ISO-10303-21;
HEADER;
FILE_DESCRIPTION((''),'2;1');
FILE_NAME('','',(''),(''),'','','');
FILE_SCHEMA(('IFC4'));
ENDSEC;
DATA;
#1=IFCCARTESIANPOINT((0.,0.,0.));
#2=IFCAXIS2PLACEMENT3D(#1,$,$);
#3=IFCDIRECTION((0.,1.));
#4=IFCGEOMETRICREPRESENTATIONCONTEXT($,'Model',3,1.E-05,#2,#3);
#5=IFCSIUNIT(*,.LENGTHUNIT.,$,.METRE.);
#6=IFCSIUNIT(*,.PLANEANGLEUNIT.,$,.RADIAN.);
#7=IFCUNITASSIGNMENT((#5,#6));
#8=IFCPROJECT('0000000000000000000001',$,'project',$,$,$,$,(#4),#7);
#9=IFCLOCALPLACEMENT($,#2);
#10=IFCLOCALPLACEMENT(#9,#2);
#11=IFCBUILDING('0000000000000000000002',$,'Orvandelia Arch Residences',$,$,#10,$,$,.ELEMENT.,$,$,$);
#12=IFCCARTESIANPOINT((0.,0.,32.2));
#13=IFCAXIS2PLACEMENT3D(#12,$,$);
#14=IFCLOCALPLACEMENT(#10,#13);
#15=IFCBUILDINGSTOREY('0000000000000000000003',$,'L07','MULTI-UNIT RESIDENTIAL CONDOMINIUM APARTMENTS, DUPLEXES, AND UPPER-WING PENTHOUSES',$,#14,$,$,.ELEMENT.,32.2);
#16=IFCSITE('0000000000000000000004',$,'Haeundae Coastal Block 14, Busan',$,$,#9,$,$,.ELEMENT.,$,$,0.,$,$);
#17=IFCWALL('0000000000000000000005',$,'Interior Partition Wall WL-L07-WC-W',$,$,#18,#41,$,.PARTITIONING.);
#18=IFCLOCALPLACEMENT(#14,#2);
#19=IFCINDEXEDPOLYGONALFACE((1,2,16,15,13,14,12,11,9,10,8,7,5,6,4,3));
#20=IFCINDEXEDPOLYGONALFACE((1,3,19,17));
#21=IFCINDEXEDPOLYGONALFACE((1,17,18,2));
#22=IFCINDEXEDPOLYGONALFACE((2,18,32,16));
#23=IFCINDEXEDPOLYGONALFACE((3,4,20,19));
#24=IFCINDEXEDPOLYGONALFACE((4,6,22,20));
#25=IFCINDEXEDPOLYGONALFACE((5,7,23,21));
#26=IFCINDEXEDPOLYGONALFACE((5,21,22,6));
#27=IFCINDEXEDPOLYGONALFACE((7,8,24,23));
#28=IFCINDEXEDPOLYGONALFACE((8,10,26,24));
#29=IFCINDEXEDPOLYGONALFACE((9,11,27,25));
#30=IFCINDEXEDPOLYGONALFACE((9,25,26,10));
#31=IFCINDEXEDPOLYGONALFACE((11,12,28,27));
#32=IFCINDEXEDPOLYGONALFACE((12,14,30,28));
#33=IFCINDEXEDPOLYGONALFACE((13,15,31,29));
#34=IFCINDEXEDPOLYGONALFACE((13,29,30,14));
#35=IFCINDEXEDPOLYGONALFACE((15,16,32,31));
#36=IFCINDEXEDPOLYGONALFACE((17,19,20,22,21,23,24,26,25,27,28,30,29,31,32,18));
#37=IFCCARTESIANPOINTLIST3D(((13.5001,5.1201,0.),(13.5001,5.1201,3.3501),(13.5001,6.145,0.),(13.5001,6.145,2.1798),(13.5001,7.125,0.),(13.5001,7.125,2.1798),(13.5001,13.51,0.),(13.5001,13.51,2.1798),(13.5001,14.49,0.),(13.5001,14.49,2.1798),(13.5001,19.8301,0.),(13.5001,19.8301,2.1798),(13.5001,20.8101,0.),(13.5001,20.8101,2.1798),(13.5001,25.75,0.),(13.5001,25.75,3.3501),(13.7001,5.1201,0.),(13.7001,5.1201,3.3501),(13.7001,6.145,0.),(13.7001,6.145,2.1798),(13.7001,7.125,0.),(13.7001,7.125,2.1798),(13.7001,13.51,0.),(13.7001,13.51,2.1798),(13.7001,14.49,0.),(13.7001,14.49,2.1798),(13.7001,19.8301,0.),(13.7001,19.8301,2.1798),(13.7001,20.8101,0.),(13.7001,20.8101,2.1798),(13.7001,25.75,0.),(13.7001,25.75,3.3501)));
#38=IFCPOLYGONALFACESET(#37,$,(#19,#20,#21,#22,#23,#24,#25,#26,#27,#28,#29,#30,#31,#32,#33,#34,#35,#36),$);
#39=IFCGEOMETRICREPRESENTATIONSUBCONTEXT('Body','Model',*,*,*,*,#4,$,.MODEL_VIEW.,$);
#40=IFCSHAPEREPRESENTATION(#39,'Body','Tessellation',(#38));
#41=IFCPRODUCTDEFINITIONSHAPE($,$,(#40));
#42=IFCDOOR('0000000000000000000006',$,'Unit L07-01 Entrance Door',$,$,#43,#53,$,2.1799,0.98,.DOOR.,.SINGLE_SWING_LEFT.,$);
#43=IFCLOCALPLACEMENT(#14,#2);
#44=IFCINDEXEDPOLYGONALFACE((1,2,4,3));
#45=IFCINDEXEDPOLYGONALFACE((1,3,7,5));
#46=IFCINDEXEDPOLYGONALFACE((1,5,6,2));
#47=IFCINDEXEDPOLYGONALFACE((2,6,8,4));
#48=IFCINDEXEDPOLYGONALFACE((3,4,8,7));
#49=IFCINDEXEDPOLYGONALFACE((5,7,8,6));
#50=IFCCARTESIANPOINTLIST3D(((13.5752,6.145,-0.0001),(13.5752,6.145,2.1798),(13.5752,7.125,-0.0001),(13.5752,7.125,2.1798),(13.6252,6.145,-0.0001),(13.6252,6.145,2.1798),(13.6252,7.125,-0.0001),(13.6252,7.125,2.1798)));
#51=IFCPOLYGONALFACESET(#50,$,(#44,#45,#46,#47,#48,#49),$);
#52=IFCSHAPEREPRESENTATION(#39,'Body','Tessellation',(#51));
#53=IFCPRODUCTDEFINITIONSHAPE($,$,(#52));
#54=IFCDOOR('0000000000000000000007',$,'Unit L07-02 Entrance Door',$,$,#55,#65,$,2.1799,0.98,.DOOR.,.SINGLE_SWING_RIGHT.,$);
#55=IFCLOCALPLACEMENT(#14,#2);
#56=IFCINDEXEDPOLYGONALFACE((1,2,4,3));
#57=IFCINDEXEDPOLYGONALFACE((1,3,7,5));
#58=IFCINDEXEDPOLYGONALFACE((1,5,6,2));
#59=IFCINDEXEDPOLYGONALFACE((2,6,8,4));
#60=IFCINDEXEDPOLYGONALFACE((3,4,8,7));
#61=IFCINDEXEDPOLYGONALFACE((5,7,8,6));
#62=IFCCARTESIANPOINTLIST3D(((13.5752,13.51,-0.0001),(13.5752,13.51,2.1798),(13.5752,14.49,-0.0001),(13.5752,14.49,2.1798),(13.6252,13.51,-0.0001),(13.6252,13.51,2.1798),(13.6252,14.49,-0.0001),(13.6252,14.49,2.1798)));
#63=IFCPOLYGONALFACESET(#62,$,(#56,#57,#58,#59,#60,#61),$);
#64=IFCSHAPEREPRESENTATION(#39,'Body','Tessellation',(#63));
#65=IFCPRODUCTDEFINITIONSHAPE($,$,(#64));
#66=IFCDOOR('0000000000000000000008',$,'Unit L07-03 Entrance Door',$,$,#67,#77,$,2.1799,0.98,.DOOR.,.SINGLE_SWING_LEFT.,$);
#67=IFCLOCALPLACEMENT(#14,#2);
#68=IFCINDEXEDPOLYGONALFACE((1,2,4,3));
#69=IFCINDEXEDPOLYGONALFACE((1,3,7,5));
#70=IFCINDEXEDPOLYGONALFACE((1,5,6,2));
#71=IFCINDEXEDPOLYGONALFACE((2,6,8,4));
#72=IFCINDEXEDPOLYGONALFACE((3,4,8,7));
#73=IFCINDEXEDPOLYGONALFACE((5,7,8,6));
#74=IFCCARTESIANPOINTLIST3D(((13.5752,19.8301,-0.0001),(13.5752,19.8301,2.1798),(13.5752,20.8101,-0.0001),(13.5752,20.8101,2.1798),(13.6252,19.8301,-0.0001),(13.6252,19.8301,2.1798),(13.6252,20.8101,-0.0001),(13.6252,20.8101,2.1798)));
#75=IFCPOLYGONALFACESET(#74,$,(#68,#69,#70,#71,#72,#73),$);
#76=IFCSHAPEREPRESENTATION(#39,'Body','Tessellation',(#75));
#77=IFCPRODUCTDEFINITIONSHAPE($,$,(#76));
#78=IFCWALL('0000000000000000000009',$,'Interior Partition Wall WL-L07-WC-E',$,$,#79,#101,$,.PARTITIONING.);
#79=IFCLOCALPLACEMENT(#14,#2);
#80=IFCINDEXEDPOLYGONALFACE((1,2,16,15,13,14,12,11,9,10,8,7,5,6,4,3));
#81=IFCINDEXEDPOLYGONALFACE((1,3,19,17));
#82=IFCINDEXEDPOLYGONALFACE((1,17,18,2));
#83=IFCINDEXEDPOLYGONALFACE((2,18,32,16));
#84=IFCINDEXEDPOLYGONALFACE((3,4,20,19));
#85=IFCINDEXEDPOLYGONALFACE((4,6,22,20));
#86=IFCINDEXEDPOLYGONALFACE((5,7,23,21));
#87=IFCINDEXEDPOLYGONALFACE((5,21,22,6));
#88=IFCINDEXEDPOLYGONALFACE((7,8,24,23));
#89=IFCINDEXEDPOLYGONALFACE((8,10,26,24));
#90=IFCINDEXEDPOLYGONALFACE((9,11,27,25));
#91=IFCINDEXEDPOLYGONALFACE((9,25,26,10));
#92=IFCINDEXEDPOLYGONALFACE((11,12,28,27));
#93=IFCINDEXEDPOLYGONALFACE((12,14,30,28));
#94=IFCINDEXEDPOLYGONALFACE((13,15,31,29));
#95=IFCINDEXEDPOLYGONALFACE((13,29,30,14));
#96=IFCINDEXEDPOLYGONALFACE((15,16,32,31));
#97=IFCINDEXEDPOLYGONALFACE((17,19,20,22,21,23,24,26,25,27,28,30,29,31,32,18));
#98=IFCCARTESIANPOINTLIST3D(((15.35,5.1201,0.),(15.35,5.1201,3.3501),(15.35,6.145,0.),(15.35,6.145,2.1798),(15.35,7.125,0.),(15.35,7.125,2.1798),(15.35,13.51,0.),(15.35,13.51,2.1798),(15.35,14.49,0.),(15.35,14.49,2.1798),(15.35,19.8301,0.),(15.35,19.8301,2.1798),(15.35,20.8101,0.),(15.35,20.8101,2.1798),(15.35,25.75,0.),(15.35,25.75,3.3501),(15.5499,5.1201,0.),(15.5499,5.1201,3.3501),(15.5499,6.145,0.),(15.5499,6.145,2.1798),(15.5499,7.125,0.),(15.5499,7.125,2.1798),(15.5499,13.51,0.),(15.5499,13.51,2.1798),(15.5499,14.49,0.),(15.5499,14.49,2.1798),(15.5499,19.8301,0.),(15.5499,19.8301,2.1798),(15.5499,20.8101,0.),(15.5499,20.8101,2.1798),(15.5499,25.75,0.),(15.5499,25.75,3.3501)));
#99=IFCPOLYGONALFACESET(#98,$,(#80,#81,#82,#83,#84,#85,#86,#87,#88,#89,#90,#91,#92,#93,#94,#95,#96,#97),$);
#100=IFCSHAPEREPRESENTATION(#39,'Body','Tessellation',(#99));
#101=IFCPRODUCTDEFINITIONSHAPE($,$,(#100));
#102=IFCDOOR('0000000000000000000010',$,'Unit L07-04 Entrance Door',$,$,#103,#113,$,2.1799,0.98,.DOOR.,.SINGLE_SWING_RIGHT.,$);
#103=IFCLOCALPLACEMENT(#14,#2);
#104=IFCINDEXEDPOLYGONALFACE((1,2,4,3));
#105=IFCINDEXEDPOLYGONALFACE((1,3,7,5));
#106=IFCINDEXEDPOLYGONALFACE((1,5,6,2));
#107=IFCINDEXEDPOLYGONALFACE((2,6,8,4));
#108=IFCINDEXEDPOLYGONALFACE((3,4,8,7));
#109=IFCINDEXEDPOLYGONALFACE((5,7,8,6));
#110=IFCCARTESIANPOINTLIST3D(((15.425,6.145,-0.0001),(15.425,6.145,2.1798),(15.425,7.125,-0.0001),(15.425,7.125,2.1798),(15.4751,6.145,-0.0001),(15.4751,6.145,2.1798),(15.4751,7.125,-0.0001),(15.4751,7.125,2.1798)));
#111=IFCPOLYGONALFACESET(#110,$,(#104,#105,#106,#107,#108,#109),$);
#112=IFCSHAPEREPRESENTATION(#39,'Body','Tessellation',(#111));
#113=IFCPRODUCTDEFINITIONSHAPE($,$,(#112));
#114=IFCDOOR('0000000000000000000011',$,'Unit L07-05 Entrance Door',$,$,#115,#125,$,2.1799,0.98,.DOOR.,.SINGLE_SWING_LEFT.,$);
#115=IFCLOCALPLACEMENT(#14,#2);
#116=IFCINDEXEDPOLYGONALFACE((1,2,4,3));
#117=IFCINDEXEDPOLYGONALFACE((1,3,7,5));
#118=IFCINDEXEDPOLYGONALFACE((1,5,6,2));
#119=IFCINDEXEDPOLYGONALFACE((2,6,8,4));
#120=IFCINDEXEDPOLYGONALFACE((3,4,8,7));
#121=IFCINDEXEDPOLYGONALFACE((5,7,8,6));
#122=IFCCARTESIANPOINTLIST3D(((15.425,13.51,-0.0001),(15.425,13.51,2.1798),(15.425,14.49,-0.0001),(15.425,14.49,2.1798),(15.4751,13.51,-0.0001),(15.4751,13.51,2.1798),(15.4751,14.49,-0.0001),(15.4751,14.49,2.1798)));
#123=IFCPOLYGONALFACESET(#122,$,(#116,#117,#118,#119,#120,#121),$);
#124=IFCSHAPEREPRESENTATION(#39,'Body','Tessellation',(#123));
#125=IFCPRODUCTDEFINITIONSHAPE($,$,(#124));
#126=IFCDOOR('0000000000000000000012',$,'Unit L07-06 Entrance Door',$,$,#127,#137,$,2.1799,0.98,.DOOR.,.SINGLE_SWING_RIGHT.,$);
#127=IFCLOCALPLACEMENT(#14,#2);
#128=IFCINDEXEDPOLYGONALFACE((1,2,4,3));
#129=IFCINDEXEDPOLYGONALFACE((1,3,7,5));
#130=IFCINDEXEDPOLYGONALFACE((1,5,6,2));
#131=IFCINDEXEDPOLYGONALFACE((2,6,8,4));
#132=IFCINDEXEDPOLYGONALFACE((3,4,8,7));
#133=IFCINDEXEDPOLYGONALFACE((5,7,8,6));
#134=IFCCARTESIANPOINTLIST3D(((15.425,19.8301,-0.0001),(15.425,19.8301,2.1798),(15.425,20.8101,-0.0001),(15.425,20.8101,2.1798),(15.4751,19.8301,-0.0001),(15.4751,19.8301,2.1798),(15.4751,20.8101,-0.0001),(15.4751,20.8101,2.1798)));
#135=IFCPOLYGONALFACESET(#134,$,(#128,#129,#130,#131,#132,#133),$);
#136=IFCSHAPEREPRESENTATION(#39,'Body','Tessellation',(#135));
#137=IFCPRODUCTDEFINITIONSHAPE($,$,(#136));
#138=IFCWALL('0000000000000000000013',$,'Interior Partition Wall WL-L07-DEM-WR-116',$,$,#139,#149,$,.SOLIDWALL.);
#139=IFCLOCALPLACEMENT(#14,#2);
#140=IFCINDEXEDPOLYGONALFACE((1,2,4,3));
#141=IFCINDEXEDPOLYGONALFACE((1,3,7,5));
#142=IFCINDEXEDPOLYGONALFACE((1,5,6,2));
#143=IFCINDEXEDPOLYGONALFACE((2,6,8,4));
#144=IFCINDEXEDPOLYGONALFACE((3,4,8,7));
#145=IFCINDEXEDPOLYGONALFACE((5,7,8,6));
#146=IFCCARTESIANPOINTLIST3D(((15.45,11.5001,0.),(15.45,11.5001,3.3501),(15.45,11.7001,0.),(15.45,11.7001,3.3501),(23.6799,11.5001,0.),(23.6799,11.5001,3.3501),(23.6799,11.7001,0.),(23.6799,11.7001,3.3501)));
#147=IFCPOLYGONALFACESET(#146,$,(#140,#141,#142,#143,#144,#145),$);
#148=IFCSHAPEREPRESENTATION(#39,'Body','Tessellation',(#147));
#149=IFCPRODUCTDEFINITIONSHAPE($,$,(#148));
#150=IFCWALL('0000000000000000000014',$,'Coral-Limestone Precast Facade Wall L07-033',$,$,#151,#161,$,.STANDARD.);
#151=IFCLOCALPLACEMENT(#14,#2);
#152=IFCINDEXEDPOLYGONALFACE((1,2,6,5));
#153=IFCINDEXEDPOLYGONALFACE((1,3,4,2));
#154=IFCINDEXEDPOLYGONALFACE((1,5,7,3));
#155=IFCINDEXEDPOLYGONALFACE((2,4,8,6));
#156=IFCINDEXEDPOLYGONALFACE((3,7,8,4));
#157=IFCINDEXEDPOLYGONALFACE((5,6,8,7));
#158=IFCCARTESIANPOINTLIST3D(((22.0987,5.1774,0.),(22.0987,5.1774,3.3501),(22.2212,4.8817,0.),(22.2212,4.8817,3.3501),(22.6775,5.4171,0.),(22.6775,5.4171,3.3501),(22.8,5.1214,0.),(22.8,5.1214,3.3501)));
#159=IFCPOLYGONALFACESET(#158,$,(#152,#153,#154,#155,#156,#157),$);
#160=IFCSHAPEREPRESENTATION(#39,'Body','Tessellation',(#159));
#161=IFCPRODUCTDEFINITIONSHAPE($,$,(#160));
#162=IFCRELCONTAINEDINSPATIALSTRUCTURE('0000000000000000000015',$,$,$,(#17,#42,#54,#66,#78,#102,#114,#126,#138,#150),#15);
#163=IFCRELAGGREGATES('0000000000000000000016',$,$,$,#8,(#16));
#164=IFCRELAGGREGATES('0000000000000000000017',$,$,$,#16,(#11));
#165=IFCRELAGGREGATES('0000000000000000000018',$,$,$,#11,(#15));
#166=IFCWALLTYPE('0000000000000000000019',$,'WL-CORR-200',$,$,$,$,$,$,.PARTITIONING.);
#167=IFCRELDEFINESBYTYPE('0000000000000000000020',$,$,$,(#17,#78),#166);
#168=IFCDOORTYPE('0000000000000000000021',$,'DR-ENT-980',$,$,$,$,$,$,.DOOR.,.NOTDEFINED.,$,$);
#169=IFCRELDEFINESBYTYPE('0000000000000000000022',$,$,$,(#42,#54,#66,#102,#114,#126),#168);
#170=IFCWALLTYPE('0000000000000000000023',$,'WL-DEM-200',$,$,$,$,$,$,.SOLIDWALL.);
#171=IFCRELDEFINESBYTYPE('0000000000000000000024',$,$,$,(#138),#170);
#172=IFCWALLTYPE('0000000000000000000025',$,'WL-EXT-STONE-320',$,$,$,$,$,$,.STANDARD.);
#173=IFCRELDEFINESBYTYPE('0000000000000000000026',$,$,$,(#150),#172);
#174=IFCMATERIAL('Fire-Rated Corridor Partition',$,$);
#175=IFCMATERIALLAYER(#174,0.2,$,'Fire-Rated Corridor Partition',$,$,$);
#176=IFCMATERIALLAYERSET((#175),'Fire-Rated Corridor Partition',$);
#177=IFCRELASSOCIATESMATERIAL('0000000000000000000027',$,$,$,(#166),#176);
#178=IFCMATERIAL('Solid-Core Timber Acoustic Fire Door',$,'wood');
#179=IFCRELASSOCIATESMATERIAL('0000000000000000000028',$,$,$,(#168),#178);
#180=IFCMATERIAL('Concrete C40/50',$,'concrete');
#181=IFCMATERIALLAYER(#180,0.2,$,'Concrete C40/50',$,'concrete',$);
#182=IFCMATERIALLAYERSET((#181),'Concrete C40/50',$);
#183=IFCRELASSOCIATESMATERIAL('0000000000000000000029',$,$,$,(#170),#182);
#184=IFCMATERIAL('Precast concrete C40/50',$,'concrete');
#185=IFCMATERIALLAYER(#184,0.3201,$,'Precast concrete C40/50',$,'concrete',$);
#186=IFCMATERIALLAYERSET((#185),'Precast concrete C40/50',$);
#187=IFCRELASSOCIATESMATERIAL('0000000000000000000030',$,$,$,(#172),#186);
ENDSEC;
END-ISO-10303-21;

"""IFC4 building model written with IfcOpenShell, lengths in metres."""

from ifc_helpers import new_model, si_unit, direction, frame, frame_2d, origin, place, context, subcontext, project, spatial, rectangle, extrude, material, layer, layer_set, type_object, element, fill, save


model = new_model("IFC4")

# Units and contexts
model_context = context("Model", 3, precision=1e-05, world=origin(), true_north=direction((0.0, 1.0)))
body_context = subcontext(model_context, "Body", "Model", "MODEL_VIEW")
ifc_project = project(units=[si_unit("LENGTHUNIT", "METRE"), si_unit("PLANEANGLEUNIT", "RADIAN")], contexts=[model_context])

# Site, building, storey
site_placement = place(None, origin())
site = spatial("IfcSite", under=ifc_project, at=site_placement, Name="Haeundae Coastal Block 14, Busan", CompositionType="ELEMENT", RefElevation=0.0)
building_placement = place(site_placement, origin())
building = spatial("IfcBuilding", under=site, at=building_placement, Name="Orvandelia Arch Residences", CompositionType="ELEMENT")
storey_placement = place(building_placement, frame((0.0, 0.0, 32.2)))
storey = spatial("IfcBuildingStorey", under=building, at=storey_placement, Name="L07", Description="MULTI-UNIT RESIDENTIAL CONDOMINIUM APARTMENTS, DUPLEXES, AND UPPER-WING PENTHOUSES", CompositionType="ELEMENT", Elevation=32.2)

# Walls, openings, doors
ifc_material_1 = material(Name="Fire-Rated Corridor Partition")
ifc_layer_1 = layer(ifc_material_1, 0.2, Name="Fire-Rated Corridor Partition")
ifc_layer_set_1 = layer_set([ifc_layer_1], Name="Fire-Rated Corridor Partition")
wall_type_1 = type_object("IfcWallType", Name="WL-CORR-200", PredefinedType="PARTITIONING", material=ifc_layer_set_1)
wall_1_placement = place(storey_placement, frame((13.6001, 5.1201, 0.0), z_axis=(0.0, 0.0, 1.0), x_axis=(0.0, 1.0, 0.0)))
wall_1 = element("IfcWall", 1, at=wall_1_placement, inside=storey, type_object=wall_type_1, Name="Interior Partition Wall WL-L07-WC-W", PredefinedType="PARTITIONING", context=body_context, shape_type="SweptSolid", body=[
    extrude(rectangle(XDim=20.6299, YDim=0.2, at=frame_2d((10.3149, 0.0))), origin(), (0.0, 0.0, 1.0), 3.3501),
])
opening_1_placement = place(wall_1_placement, frame((1.0249, 0.0, 0.0)))
opening_1 = element("IfcOpeningElement", 2, at=opening_1_placement, cuts=wall_1, PredefinedType="OPENING", context=body_context, shape_type="SweptSolid", body=[
    extrude(rectangle(XDim=0.98, YDim=2.1799, at=frame_2d((0.49, 1.0898))), frame((0.0, 0.1099, 0.0), z_axis=(0.0, -1.0, 0.0), x_axis=(1.0, 0.0, 0.0)), (0.0, 0.0, 1.0), 0.22),
])
opening_2_placement = place(wall_1_placement, frame((8.3899, 0.0, 0.0)))
opening_2 = element("IfcOpeningElement", 3, at=opening_2_placement, cuts=wall_1, PredefinedType="OPENING", context=body_context, shape_type="SweptSolid", body=[
    extrude(rectangle(XDim=0.98, YDim=2.1799, at=frame_2d((0.49, 1.0898))), frame((0.0, 0.1099, 0.0), z_axis=(0.0, -1.0, 0.0), x_axis=(1.0, 0.0, 0.0)), (0.0, 0.0, 1.0), 0.22),
])
opening_3_placement = place(wall_1_placement, frame((14.71, 0.0, 0.0)))
opening_3 = element("IfcOpeningElement", 4, at=opening_3_placement, cuts=wall_1, PredefinedType="OPENING", context=body_context, shape_type="SweptSolid", body=[
    extrude(rectangle(XDim=0.98, YDim=2.1799, at=frame_2d((0.49, 1.0898))), frame((0.0, 0.1099, 0.0), z_axis=(0.0, -1.0, 0.0), x_axis=(1.0, 0.0, 0.0)), (0.0, 0.0, 1.0), 0.22),
])
ifc_material_2 = material(Name="Solid-Core Timber Acoustic Fire Door", Category="wood")
door_type_1 = type_object("IfcDoorType", Name="DR-ENT-980", OperationType="NOTDEFINED", PredefinedType="DOOR", material=ifc_material_2)
door_1_placement = place(opening_1_placement, origin())
door_1 = element("IfcDoor", 5, at=door_1_placement, inside=storey, type_object=door_type_1, Name="Unit L07-01 Entrance Door", OperationType="SINGLE_SWING_LEFT", OverallHeight=2.1799, OverallWidth=0.98, PredefinedType="DOOR", context=body_context, shape_type="SweptSolid", body=[
    extrude(rectangle(XDim=0.98, YDim=2.1799, at=frame_2d((0.49, 1.0898))), frame((0.0, 0.0249, 0.0), z_axis=(0.0, -1.0, 0.0), x_axis=(1.0, 0.0, 0.0)), (0.0, 0.0, 1.0), 0.05),
])
fill(opening_1, door_1)
door_2_placement = place(opening_2_placement, origin())
door_2 = element("IfcDoor", 6, at=door_2_placement, inside=storey, type_object=door_type_1, Name="Unit L07-02 Entrance Door", OperationType="SINGLE_SWING_RIGHT", OverallHeight=2.1799, OverallWidth=0.98, PredefinedType="DOOR", context=body_context, shape_type="SweptSolid", body=[
    extrude(rectangle(XDim=0.98, YDim=2.1799, at=frame_2d((0.49, 1.0898))), frame((0.0, 0.0249, 0.0), z_axis=(0.0, -1.0, 0.0), x_axis=(1.0, 0.0, 0.0)), (0.0, 0.0, 1.0), 0.05),
])
fill(opening_2, door_2)
door_3_placement = place(opening_3_placement, origin())
door_3 = element("IfcDoor", 7, at=door_3_placement, inside=storey, type_object=door_type_1, Name="Unit L07-03 Entrance Door", OperationType="SINGLE_SWING_LEFT", OverallHeight=2.1799, OverallWidth=0.98, PredefinedType="DOOR", context=body_context, shape_type="SweptSolid", body=[
    extrude(rectangle(XDim=0.98, YDim=2.1799, at=frame_2d((0.49, 1.0898))), frame((0.0, 0.0249, 0.0), z_axis=(0.0, -1.0, 0.0), x_axis=(1.0, 0.0, 0.0)), (0.0, 0.0, 1.0), 0.05),
])
fill(opening_3, door_3)
wall_2_placement = place(storey_placement, frame((15.45, 5.1201, 0.0), z_axis=(0.0, 0.0, 1.0), x_axis=(0.0, 1.0, 0.0)))
wall_2 = element("IfcWall", 8, at=wall_2_placement, inside=storey, type_object=wall_type_1, Name="Interior Partition Wall WL-L07-WC-E", PredefinedType="PARTITIONING", context=body_context, shape_type="SweptSolid", body=[
    extrude(rectangle(XDim=20.6299, YDim=0.2, at=frame_2d((10.3149, 0.0))), origin(), (0.0, 0.0, 1.0), 3.3501),
])
opening_4_placement = place(wall_2_placement, frame((1.0249, 0.0, 0.0)))
opening_4 = element("IfcOpeningElement", 9, at=opening_4_placement, cuts=wall_2, PredefinedType="OPENING", context=body_context, shape_type="SweptSolid", body=[
    extrude(rectangle(XDim=0.98, YDim=2.1799, at=frame_2d((0.49, 1.0898))), frame((0.0, 0.1099, 0.0), z_axis=(0.0, -1.0, 0.0), x_axis=(1.0, 0.0, 0.0)), (0.0, 0.0, 1.0), 0.22),
])
opening_5_placement = place(wall_2_placement, frame((8.3899, 0.0, 0.0)))
opening_5 = element("IfcOpeningElement", 10, at=opening_5_placement, cuts=wall_2, PredefinedType="OPENING", context=body_context, shape_type="SweptSolid", body=[
    extrude(rectangle(XDim=0.98, YDim=2.1799, at=frame_2d((0.49, 1.0898))), frame((0.0, 0.1099, 0.0), z_axis=(0.0, -1.0, 0.0), x_axis=(1.0, 0.0, 0.0)), (0.0, 0.0, 1.0), 0.22),
])
opening_6_placement = place(wall_2_placement, frame((14.71, 0.0, 0.0)))
opening_6 = element("IfcOpeningElement", 11, at=opening_6_placement, cuts=wall_2, PredefinedType="OPENING", context=body_context, shape_type="SweptSolid", body=[
    extrude(rectangle(XDim=0.98, YDim=2.1799, at=frame_2d((0.49, 1.0898))), frame((0.0, 0.1099, 0.0), z_axis=(0.0, -1.0, 0.0), x_axis=(1.0, 0.0, 0.0)), (0.0, 0.0, 1.0), 0.22),
])
door_4_placement = place(opening_4_placement, origin())
door_4 = element("IfcDoor", 12, at=door_4_placement, inside=storey, type_object=door_type_1, Name="Unit L07-04 Entrance Door", OperationType="SINGLE_SWING_RIGHT", OverallHeight=2.1799, OverallWidth=0.98, PredefinedType="DOOR", context=body_context, shape_type="SweptSolid", body=[
    extrude(rectangle(XDim=0.98, YDim=2.1799, at=frame_2d((0.49, 1.0898))), frame((0.0, 0.0249, 0.0), z_axis=(0.0, -1.0, 0.0), x_axis=(1.0, 0.0, 0.0)), (0.0, 0.0, 1.0), 0.05),
])
fill(opening_4, door_4)
door_5_placement = place(opening_5_placement, origin())
door_5 = element("IfcDoor", 13, at=door_5_placement, inside=storey, type_object=door_type_1, Name="Unit L07-05 Entrance Door", OperationType="SINGLE_SWING_LEFT", OverallHeight=2.1799, OverallWidth=0.98, PredefinedType="DOOR", context=body_context, shape_type="SweptSolid", body=[
    extrude(rectangle(XDim=0.98, YDim=2.1799, at=frame_2d((0.49, 1.0898))), frame((0.0, 0.0249, 0.0), z_axis=(0.0, -1.0, 0.0), x_axis=(1.0, 0.0, 0.0)), (0.0, 0.0, 1.0), 0.05),
])
fill(opening_5, door_5)
door_6_placement = place(opening_6_placement, origin())
door_6 = element("IfcDoor", 14, at=door_6_placement, inside=storey, type_object=door_type_1, Name="Unit L07-06 Entrance Door", OperationType="SINGLE_SWING_RIGHT", OverallHeight=2.1799, OverallWidth=0.98, PredefinedType="DOOR", context=body_context, shape_type="SweptSolid", body=[
    extrude(rectangle(XDim=0.98, YDim=2.1799, at=frame_2d((0.49, 1.0898))), frame((0.0, 0.0249, 0.0), z_axis=(0.0, -1.0, 0.0), x_axis=(1.0, 0.0, 0.0)), (0.0, 0.0, 1.0), 0.05),
])
fill(opening_6, door_6)

# Walls
ifc_material_3 = material(Name="Concrete C40/50", Category="concrete")
ifc_layer_2 = layer(ifc_material_3, 0.2, Name="Concrete C40/50", Category="concrete")
ifc_layer_set_2 = layer_set([ifc_layer_2], Name="Concrete C40/50")
wall_type_2 = type_object("IfcWallType", Name="WL-DEM-200", PredefinedType="SOLIDWALL", material=ifc_layer_set_2)
wall_3_placement = place(storey_placement, frame((15.45, 11.6001, 0.0), z_axis=(0.0, 0.0, 1.0), x_axis=(1.0, 0.0, 0.0)))
element("IfcWall", 15, at=wall_3_placement, inside=storey, type_object=wall_type_2, Name="Interior Partition Wall WL-L07-DEM-WR-116", PredefinedType="SOLIDWALL", context=body_context, shape_type="SweptSolid", body=[
    extrude(rectangle(XDim=8.23, YDim=0.2, at=frame_2d((4.115, 0.0))), origin(), (0.0, 0.0, 1.0), 3.3501),
])
ifc_material_4 = material(Name="Precast concrete C40/50", Category="concrete")
ifc_layer_3 = layer(ifc_material_4, 0.3201, Name="Precast concrete C40/50", Category="concrete")
ifc_layer_set_3 = layer_set([ifc_layer_3], Name="Precast concrete C40/50")
wall_type_3 = type_object("IfcWallType", Name="WL-EXT-STONE-320", PredefinedType="STANDARD", material=ifc_layer_set_3)
for number, where, z_axis, x_axis, name in (
    (16, (22.7388, 5.2693, 0.0), (0.0, 0.0, 1.0), (-0.923893, -0.38265, 0.0), "Coral-Limestone Precast Facade Wall L07-033"),
):
    element("IfcWall", number, at=place(storey_placement, frame(where, z_axis=z_axis, x_axis=x_axis)), inside=storey, type_object=wall_type_3, Name=name, PredefinedType="STANDARD", context=body_context, shape_type="SweptSolid", body=[
        extrude(rectangle(XDim=0.6265, YDim=0.3201, at=frame_2d((0.3132, 0.0))), origin(), (0.0, 0.0, 1.0), 3.3501),
    ])

save(model, "model.ifc")
